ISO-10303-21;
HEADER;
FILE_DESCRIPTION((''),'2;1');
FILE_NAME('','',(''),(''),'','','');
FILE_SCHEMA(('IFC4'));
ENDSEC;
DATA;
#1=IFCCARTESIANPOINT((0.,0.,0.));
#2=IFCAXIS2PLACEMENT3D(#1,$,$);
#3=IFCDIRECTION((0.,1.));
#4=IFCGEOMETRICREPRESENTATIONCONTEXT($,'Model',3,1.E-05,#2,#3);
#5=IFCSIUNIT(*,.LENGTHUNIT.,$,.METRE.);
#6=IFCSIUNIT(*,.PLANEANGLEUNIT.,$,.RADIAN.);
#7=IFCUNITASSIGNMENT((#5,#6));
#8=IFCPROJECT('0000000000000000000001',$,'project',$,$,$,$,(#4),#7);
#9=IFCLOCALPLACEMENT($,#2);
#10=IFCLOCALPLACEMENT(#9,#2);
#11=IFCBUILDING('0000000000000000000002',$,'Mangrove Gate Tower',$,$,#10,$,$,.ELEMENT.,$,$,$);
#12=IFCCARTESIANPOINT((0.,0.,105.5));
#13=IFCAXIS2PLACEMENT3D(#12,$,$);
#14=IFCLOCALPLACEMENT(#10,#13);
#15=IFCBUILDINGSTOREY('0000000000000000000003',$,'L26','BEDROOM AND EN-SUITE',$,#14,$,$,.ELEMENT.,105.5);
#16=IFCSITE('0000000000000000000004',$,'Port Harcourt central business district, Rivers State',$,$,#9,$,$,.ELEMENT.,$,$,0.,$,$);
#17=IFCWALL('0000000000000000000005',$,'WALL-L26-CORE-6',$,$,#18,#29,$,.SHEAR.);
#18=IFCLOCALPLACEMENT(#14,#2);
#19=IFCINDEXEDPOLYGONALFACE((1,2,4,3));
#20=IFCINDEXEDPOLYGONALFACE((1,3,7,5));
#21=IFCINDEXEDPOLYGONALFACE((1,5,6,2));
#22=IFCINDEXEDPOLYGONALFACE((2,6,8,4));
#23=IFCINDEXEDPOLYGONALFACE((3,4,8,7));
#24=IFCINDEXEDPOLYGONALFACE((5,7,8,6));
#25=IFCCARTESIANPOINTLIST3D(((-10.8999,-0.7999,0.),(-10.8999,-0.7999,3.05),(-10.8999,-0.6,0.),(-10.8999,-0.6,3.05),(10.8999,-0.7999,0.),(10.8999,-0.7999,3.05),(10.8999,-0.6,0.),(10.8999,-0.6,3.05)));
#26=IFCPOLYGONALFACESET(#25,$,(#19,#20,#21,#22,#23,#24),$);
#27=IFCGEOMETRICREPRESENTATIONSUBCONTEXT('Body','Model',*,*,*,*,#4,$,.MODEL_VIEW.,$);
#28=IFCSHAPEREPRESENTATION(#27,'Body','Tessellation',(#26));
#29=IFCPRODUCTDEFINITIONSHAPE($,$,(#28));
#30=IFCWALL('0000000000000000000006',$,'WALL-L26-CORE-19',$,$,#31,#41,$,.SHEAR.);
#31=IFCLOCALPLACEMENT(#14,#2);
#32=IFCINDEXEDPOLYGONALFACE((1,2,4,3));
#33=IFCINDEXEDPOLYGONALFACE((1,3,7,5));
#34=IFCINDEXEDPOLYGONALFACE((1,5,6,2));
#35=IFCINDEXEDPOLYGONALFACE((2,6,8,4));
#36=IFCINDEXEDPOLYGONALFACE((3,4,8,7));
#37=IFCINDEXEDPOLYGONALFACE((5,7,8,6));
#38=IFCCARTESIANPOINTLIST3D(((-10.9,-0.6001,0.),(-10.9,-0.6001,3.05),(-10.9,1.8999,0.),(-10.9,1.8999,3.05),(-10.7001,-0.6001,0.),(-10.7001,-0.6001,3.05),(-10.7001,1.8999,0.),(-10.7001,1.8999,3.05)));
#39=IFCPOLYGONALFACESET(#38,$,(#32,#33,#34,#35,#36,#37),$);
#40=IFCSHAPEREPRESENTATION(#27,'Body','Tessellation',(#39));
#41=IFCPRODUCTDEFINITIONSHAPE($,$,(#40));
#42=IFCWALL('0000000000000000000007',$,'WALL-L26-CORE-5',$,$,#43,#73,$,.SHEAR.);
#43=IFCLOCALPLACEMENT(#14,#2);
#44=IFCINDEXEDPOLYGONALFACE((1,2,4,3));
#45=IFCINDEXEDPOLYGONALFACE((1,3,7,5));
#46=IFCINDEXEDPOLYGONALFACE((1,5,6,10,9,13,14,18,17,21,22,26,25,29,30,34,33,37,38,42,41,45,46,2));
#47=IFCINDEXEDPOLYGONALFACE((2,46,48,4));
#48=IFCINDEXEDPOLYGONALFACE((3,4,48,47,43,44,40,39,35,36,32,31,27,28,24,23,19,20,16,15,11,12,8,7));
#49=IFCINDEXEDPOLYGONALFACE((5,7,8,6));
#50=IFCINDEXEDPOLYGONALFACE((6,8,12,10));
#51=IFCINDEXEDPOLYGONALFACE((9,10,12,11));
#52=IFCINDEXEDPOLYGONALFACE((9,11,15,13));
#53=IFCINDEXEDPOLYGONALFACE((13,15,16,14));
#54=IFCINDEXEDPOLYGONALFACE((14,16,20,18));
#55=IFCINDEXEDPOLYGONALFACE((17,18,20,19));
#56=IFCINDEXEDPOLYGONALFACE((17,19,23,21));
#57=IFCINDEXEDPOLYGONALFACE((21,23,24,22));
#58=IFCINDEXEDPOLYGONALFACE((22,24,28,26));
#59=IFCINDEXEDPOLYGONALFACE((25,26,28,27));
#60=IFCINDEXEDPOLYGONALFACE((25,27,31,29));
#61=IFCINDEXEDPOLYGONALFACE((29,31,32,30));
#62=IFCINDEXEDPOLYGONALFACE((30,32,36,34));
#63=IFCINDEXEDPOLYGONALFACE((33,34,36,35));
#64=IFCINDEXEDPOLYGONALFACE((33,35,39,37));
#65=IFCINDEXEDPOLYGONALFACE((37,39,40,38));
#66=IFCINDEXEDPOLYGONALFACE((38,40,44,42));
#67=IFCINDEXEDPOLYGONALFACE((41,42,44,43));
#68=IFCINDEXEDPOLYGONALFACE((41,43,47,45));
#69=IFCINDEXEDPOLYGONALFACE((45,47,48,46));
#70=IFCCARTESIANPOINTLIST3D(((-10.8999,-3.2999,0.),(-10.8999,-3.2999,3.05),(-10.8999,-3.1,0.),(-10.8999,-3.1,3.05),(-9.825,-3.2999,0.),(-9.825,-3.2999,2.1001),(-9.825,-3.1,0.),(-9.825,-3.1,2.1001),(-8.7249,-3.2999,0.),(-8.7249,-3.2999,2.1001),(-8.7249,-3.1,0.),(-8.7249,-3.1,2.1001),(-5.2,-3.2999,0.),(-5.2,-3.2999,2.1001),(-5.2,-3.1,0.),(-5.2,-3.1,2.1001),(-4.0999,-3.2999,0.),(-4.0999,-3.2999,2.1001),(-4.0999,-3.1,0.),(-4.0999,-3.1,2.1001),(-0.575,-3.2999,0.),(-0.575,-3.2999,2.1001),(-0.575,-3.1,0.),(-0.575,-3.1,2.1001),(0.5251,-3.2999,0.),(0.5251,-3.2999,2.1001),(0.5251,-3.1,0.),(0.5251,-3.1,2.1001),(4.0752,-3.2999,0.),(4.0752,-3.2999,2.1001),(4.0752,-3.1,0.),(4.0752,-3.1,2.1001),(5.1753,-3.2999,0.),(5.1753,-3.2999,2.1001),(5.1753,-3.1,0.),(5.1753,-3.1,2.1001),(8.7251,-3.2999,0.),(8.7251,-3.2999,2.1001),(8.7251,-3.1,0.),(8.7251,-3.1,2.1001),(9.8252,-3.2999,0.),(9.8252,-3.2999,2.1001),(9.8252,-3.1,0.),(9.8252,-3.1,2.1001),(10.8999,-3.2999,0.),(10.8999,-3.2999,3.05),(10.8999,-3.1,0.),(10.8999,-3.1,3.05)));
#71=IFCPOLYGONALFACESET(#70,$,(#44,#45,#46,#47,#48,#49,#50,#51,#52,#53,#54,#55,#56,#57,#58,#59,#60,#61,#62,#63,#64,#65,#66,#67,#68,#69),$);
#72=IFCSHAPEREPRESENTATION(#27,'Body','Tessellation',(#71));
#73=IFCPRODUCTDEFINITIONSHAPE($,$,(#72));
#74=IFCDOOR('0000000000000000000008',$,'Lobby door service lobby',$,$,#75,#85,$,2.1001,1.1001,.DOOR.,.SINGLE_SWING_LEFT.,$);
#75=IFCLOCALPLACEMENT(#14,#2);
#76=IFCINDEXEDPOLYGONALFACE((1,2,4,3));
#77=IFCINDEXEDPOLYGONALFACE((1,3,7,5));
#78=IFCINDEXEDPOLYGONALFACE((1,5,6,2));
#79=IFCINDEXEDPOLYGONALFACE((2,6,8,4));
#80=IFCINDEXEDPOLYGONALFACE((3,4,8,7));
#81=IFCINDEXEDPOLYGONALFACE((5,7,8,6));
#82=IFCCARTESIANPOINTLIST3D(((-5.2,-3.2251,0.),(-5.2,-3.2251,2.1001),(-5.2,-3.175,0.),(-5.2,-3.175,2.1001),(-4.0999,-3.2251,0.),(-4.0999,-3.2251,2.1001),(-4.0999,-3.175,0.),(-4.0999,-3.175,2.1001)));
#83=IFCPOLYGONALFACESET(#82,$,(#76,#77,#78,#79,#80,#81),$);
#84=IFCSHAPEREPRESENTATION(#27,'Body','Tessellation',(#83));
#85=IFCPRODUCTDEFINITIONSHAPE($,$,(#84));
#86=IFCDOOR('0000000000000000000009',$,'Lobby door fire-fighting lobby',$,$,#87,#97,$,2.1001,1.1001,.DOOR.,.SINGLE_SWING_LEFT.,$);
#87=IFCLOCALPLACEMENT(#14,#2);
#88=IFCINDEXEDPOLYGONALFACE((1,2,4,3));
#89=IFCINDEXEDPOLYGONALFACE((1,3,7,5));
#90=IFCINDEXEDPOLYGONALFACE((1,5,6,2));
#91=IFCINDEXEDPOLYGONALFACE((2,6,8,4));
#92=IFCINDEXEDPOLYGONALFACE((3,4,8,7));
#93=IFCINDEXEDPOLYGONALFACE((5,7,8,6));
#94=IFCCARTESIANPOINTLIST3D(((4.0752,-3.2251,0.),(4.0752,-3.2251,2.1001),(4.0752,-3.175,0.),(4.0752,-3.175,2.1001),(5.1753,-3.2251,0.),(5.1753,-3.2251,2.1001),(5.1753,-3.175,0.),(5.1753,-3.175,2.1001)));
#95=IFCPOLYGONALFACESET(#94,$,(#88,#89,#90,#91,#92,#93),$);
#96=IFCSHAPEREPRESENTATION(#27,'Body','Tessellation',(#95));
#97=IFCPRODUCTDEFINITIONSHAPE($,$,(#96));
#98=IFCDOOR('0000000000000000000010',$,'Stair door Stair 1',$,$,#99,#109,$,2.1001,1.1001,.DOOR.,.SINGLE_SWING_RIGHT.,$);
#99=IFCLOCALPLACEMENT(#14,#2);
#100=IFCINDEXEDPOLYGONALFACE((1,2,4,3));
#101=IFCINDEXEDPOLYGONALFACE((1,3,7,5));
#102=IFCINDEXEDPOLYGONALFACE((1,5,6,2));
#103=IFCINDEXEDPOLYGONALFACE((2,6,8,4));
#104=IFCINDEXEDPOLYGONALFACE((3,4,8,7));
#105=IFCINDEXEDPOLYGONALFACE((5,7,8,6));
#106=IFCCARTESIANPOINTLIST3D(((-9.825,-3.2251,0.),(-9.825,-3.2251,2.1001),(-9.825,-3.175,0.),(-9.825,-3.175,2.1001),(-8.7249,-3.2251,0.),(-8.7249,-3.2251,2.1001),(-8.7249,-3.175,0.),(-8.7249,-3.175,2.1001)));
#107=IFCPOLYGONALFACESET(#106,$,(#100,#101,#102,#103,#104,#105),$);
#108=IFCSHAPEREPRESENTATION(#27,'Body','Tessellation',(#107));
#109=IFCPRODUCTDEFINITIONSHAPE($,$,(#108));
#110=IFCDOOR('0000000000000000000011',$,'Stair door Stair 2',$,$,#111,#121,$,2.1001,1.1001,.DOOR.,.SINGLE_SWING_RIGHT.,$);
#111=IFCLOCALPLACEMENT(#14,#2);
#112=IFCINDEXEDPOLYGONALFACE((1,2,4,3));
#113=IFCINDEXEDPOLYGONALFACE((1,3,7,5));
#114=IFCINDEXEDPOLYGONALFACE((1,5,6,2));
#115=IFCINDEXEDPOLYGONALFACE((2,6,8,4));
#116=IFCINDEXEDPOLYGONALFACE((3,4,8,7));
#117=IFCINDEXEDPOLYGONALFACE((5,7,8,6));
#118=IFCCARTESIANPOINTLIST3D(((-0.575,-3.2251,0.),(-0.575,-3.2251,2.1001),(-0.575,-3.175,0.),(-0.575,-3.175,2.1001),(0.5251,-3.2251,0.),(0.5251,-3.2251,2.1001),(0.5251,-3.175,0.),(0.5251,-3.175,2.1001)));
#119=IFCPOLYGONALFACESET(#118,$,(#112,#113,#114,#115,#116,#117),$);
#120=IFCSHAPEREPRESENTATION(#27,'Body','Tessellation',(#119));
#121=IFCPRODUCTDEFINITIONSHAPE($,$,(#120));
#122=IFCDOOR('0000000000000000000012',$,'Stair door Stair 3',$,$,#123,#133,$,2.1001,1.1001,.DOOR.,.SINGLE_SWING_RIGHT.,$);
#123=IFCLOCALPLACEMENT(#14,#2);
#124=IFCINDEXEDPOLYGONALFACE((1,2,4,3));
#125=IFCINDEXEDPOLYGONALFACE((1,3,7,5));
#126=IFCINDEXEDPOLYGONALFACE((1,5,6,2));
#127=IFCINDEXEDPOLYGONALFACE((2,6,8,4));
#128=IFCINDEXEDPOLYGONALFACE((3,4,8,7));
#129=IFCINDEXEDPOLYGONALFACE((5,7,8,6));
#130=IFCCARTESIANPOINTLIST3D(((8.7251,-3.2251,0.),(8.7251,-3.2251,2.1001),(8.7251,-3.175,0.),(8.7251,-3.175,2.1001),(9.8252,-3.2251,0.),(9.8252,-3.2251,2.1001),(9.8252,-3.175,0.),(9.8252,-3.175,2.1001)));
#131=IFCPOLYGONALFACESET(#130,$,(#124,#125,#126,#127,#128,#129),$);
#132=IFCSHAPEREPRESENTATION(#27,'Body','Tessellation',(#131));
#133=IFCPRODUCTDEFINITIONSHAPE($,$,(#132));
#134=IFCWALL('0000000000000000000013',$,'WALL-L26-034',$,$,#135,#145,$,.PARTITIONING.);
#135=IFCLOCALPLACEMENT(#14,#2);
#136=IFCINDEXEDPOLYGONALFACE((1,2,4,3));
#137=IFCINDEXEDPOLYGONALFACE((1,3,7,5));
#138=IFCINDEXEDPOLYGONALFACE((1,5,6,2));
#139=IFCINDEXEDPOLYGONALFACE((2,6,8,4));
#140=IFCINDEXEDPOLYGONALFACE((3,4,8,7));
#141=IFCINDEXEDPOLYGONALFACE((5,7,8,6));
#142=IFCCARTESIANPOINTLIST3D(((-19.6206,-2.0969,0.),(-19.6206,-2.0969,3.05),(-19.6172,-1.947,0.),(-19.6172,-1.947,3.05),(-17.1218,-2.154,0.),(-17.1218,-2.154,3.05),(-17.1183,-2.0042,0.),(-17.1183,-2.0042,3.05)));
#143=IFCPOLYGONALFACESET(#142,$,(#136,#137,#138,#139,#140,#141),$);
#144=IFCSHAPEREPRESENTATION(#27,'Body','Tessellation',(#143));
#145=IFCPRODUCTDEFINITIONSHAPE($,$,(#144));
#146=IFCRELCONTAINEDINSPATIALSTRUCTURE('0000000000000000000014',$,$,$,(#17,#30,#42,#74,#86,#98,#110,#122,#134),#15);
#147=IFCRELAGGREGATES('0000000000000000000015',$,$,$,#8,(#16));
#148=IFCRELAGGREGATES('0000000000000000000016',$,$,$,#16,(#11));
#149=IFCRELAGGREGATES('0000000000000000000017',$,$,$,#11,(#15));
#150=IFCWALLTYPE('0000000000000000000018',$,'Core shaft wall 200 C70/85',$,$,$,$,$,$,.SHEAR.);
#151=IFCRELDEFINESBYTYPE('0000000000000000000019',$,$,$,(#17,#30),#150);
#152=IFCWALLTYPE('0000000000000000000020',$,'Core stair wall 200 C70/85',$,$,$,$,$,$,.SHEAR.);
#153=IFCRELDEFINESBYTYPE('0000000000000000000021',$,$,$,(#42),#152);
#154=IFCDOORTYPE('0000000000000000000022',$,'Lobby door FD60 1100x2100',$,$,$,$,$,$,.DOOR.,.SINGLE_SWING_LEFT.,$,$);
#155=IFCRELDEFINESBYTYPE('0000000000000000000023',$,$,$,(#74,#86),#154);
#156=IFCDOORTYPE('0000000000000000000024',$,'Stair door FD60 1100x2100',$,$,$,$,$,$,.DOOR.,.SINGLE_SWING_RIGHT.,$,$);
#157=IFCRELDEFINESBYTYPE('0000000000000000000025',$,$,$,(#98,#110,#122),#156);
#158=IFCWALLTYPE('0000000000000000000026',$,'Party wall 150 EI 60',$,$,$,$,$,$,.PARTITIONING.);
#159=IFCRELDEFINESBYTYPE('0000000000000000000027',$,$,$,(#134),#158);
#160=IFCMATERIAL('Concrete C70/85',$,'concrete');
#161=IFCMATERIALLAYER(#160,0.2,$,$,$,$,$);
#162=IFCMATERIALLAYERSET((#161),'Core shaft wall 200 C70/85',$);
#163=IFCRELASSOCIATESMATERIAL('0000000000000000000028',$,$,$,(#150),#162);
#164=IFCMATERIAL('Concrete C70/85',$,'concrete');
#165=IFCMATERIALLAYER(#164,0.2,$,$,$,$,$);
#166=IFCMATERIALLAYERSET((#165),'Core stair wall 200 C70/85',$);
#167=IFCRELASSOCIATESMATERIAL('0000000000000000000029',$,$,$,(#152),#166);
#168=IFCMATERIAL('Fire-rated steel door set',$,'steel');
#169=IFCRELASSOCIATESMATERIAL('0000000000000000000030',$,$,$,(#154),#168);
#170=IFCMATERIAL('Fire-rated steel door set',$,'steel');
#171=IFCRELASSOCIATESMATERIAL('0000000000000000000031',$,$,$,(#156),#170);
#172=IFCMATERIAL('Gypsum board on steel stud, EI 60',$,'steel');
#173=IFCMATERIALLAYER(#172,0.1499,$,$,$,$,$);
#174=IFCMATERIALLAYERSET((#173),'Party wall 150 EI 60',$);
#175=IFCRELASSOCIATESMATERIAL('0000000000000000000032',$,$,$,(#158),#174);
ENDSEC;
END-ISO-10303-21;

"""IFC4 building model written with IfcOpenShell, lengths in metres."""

from ifc_helpers import new_model, si_unit, direction, frame, frame_2d, origin, place, context, subcontext, project, spatial, rectangle, extrude, material, layer, layer_set, type_object, element, fill, save


model = new_model("IFC4")

# Units and contexts
model_context = context("Model", 3, precision=1e-05, world=origin(), true_north=direction((0.0, 1.0)))
body_context = subcontext(model_context, "Body", "Model", "MODEL_VIEW")
ifc_project = project(units=[si_unit("LENGTHUNIT", "METRE"), si_unit("PLANEANGLEUNIT", "RADIAN")], contexts=[model_context])

# Site, building, storey
site_placement = place(None, origin())
site = spatial("IfcSite", under=ifc_project, at=site_placement, Name="Port Harcourt central business district, Rivers State", CompositionType="ELEMENT", RefElevation=0.0)
building_placement = place(site_placement, origin())
building = spatial("IfcBuilding", under=site, at=building_placement, Name="Mangrove Gate Tower", CompositionType="ELEMENT")
storey_placement = place(building_placement, frame((0.0, 0.0, 105.5)))
storey = spatial("IfcBuildingStorey", under=building, at=storey_placement, Name="L26", Description="BEDROOM AND EN-SUITE", CompositionType="ELEMENT", Elevation=105.5)

# Walls
ifc_material_1 = material(Name="Concrete C70/85", Category="concrete")
ifc_layer_1 = layer(ifc_material_1, 0.2)
ifc_layer_set_1 = layer_set([ifc_layer_1], Name="Core shaft wall 200 C70/85")
wall_type_1 = type_object("IfcWallType", Name="Core shaft wall 200 C70/85", PredefinedType="SHEAR", material=ifc_layer_set_1)
wall_1_placement = place(storey_placement, frame((-10.8999, -0.7, 0.0), z_axis=(0.0, 0.0, 1.0), x_axis=(1.0, 0.0, 0.0)))
element("IfcWall", 1, at=wall_1_placement, inside=storey, type_object=wall_type_1, Name="WALL-L26-CORE-6", PredefinedType="SHEAR", context=body_context, shape_type="SweptSolid", body=[
    extrude(rectangle(XDim=21.7998, YDim=0.2, at=frame_2d((10.8999, 0.0))), origin(), (0.0, 0.0, 1.0), 3.05),
])
wall_2_placement = place(storey_placement, frame((-10.8, -0.6001, 0.0), z_axis=(0.0, 0.0, 1.0), x_axis=(0.0, 1.0, 0.0)))
element("IfcWall", 2, at=wall_2_placement, inside=storey, type_object=wall_type_1, Name="WALL-L26-CORE-19", PredefinedType="SHEAR", context=body_context, shape_type="SweptSolid", body=[
    extrude(rectangle(XDim=2.5, YDim=0.2, at=frame_2d((1.25, 0.0))), origin(), (0.0, 0.0, 1.0), 3.05),
])

# Wall, openings, doors
ifc_material_2 = material(Name="Concrete C70/85", Category="concrete")
ifc_layer_2 = layer(ifc_material_2, 0.2)
ifc_layer_set_2 = layer_set([ifc_layer_2], Name="Core stair wall 200 C70/85")
wall_type_2 = type_object("IfcWallType", Name="Core stair wall 200 C70/85", PredefinedType="SHEAR", material=ifc_layer_set_2)
wall_3_placement = place(storey_placement, frame((-10.8999, -3.2, 0.0), z_axis=(0.0, 0.0, 1.0), x_axis=(1.0, 0.0, 0.0)))
wall_3 = element("IfcWall", 3, at=wall_3_placement, inside=storey, type_object=wall_type_2, Name="WALL-L26-CORE-5", PredefinedType="SHEAR", context=body_context, shape_type="SweptSolid", body=[
    extrude(rectangle(XDim=21.7998, YDim=0.2, at=frame_2d((10.8999, 0.0))), origin(), (0.0, 0.0, 1.0), 3.05),
])
opening_1_placement = place(wall_3_placement, frame((1.075, 0.0, 0.0)))
opening_1 = element("IfcOpeningElement", 4, at=opening_1_placement, cuts=wall_3, PredefinedType="OPENING", context=body_context, shape_type="SweptSolid", body=[
    extrude(rectangle(XDim=1.1001, YDim=2.1001, at=frame_2d((0.55, 1.05))), frame((0.0, 0.1099, 0.0), z_axis=(0.0, -1.0, 0.0), x_axis=(1.0, 0.0, 0.0)), (0.0, 0.0, 1.0), 0.22),
])
opening_2_placement = place(wall_3_placement, frame((10.325, 0.0, 0.0)))
opening_2 = element("IfcOpeningElement", 5, at=opening_2_placement, cuts=wall_3, PredefinedType="OPENING", context=body_context, shape_type="SweptSolid", body=[
    extrude(rectangle(XDim=1.1001, YDim=2.1001, at=frame_2d((0.55, 1.05))), frame((0.0, 0.1099, 0.0), z_axis=(0.0, -1.0, 0.0), x_axis=(1.0, 0.0, 0.0)), (0.0, 0.0, 1.0), 0.22),
])
opening_3_placement = place(wall_3_placement, frame((19.625, 0.0, 0.0)))
opening_3 = element("IfcOpeningElement", 6, at=opening_3_placement, cuts=wall_3, PredefinedType="OPENING", context=body_context, shape_type="SweptSolid", body=[
    extrude(rectangle(XDim=1.1001, YDim=2.1001, at=frame_2d((0.55, 1.05))), frame((0.0, 0.1099, 0.0), z_axis=(0.0, -1.0, 0.0), x_axis=(1.0, 0.0, 0.0)), (0.0, 0.0, 1.0), 0.22),
])
opening_4_placement = place(wall_3_placement, frame((5.7, 0.0, 0.0)))
opening_4 = element("IfcOpeningElement", 7, at=opening_4_placement, cuts=wall_3, PredefinedType="OPENING", context=body_context, shape_type="SweptSolid", body=[
    extrude(rectangle(XDim=1.1001, YDim=2.1001, at=frame_2d((0.55, 1.05))), frame((0.0, 0.1099, 0.0), z_axis=(0.0, -1.0, 0.0), x_axis=(1.0, 0.0, 0.0)), (0.0, 0.0, 1.0), 0.22),
])
opening_5_placement = place(wall_3_placement, frame((14.9751, 0.0, 0.0)))
opening_5 = element("IfcOpeningElement", 8, at=opening_5_placement, cuts=wall_3, PredefinedType="OPENING", context=body_context, shape_type="SweptSolid", body=[
    extrude(rectangle(XDim=1.1001, YDim=2.1001, at=frame_2d((0.55, 1.05))), frame((0.0, 0.1099, 0.0), z_axis=(0.0, -1.0, 0.0), x_axis=(1.0, 0.0, 0.0)), (0.0, 0.0, 1.0), 0.22),
])
ifc_material_3 = material(Name="Fire-rated steel door set", Category="steel")
door_type_1 = type_object("IfcDoorType", Name="Lobby door FD60 1100x2100", OperationType="SINGLE_SWING_LEFT", PredefinedType="DOOR", material=ifc_material_3)
door_1_placement = place(opening_4_placement, origin())
door_1 = element("IfcDoor", 9, at=door_1_placement, inside=storey, type_object=door_type_1, Name="Lobby door service lobby", OperationType="SINGLE_SWING_LEFT", OverallHeight=2.1001, OverallWidth=1.1001, PredefinedType="DOOR", context=body_context, shape_type="SweptSolid", body=[
    extrude(rectangle(XDim=1.1001, YDim=2.1001, at=frame_2d((0.55, 1.05))), frame((0.0, 0.0249, 0.0), z_axis=(0.0, -1.0, 0.0), x_axis=(1.0, 0.0, 0.0)), (0.0, 0.0, 1.0), 0.05),
])
fill(opening_4, door_1)
door_2_placement = place(opening_5_placement, origin())
door_2 = element("IfcDoor", 10, at=door_2_placement, inside=storey, type_object=door_type_1, Name="Lobby door fire-fighting lobby", OperationType="SINGLE_SWING_LEFT", OverallHeight=2.1001, OverallWidth=1.1001, PredefinedType="DOOR", context=body_context, shape_type="SweptSolid", body=[
    extrude(rectangle(XDim=1.1001, YDim=2.1001, at=frame_2d((0.55, 1.05))), frame((0.0, 0.0249, 0.0), z_axis=(0.0, -1.0, 0.0), x_axis=(1.0, 0.0, 0.0)), (0.0, 0.0, 1.0), 0.05),
])
fill(opening_5, door_2)
ifc_material_4 = material(Name="Fire-rated steel door set", Category="steel")
door_type_2 = type_object("IfcDoorType", Name="Stair door FD60 1100x2100", OperationType="SINGLE_SWING_RIGHT", PredefinedType="DOOR", material=ifc_material_4)
door_3_placement = place(opening_1_placement, origin())
door_3 = element("IfcDoor", 11, at=door_3_placement, inside=storey, type_object=door_type_2, Name="Stair door Stair 1", OperationType="SINGLE_SWING_RIGHT", OverallHeight=2.1001, OverallWidth=1.1001, PredefinedType="DOOR", context=body_context, shape_type="SweptSolid", body=[
    extrude(rectangle(XDim=1.1001, YDim=2.1001, at=frame_2d((0.55, 1.05))), frame((0.0, 0.0249, 0.0), z_axis=(0.0, -1.0, 0.0), x_axis=(1.0, 0.0, 0.0)), (0.0, 0.0, 1.0), 0.05),
])
fill(opening_1, door_3)
door_4_placement = place(opening_2_placement, origin())
door_4 = element("IfcDoor", 12, at=door_4_placement, inside=storey, type_object=door_type_2, Name="Stair door Stair 2", OperationType="SINGLE_SWING_RIGHT", OverallHeight=2.1001, OverallWidth=1.1001, PredefinedType="DOOR", context=body_context, shape_type="SweptSolid", body=[
    extrude(rectangle(XDim=1.1001, YDim=2.1001, at=frame_2d((0.55, 1.05))), frame((0.0, 0.0249, 0.0), z_axis=(0.0, -1.0, 0.0), x_axis=(1.0, 0.0, 0.0)), (0.0, 0.0, 1.0), 0.05),
])
fill(opening_2, door_4)
door_5_placement = place(opening_3_placement, origin())
door_5 = element("IfcDoor", 13, at=door_5_placement, inside=storey, type_object=door_type_2, Name="Stair door Stair 3", OperationType="SINGLE_SWING_RIGHT", OverallHeight=2.1001, OverallWidth=1.1001, PredefinedType="DOOR", context=body_context, shape_type="SweptSolid", body=[
    extrude(rectangle(XDim=1.1001, YDim=2.1001, at=frame_2d((0.55, 1.05))), frame((0.0, 0.0249, 0.0), z_axis=(0.0, -1.0, 0.0), x_axis=(1.0, 0.0, 0.0)), (0.0, 0.0, 1.0), 0.05),
])
fill(opening_3, door_5)

# Wall
ifc_material_5 = material(Name="Gypsum board on steel stud, EI 60", Category="steel")
ifc_layer_3 = layer(ifc_material_5, 0.1499)
ifc_layer_set_3 = layer_set([ifc_layer_3], Name="Party wall 150 EI 60")
wall_type_3 = type_object("IfcWallType", Name="Party wall 150 EI 60", PredefinedType="PARTITIONING", material=ifc_layer_set_3)
wall_4_placement = place(storey_placement, frame((-19.6189, -2.022, 0.0), z_axis=(0.0, 0.0, 1.0), x_axis=(0.999739, -0.022857, 0.0)))
element("IfcWall", 14, at=wall_4_placement, inside=storey, type_object=wall_type_3, Name="WALL-L26-034", PredefinedType="PARTITIONING", context=body_context, shape_type="SweptSolid", body=[
    extrude(rectangle(XDim=2.4995, YDim=0.1499, at=frame_2d((1.2498, 0.0))), origin(), (0.0, 0.0, 1.0), 3.05),
])

save(model, "model.ifc")
